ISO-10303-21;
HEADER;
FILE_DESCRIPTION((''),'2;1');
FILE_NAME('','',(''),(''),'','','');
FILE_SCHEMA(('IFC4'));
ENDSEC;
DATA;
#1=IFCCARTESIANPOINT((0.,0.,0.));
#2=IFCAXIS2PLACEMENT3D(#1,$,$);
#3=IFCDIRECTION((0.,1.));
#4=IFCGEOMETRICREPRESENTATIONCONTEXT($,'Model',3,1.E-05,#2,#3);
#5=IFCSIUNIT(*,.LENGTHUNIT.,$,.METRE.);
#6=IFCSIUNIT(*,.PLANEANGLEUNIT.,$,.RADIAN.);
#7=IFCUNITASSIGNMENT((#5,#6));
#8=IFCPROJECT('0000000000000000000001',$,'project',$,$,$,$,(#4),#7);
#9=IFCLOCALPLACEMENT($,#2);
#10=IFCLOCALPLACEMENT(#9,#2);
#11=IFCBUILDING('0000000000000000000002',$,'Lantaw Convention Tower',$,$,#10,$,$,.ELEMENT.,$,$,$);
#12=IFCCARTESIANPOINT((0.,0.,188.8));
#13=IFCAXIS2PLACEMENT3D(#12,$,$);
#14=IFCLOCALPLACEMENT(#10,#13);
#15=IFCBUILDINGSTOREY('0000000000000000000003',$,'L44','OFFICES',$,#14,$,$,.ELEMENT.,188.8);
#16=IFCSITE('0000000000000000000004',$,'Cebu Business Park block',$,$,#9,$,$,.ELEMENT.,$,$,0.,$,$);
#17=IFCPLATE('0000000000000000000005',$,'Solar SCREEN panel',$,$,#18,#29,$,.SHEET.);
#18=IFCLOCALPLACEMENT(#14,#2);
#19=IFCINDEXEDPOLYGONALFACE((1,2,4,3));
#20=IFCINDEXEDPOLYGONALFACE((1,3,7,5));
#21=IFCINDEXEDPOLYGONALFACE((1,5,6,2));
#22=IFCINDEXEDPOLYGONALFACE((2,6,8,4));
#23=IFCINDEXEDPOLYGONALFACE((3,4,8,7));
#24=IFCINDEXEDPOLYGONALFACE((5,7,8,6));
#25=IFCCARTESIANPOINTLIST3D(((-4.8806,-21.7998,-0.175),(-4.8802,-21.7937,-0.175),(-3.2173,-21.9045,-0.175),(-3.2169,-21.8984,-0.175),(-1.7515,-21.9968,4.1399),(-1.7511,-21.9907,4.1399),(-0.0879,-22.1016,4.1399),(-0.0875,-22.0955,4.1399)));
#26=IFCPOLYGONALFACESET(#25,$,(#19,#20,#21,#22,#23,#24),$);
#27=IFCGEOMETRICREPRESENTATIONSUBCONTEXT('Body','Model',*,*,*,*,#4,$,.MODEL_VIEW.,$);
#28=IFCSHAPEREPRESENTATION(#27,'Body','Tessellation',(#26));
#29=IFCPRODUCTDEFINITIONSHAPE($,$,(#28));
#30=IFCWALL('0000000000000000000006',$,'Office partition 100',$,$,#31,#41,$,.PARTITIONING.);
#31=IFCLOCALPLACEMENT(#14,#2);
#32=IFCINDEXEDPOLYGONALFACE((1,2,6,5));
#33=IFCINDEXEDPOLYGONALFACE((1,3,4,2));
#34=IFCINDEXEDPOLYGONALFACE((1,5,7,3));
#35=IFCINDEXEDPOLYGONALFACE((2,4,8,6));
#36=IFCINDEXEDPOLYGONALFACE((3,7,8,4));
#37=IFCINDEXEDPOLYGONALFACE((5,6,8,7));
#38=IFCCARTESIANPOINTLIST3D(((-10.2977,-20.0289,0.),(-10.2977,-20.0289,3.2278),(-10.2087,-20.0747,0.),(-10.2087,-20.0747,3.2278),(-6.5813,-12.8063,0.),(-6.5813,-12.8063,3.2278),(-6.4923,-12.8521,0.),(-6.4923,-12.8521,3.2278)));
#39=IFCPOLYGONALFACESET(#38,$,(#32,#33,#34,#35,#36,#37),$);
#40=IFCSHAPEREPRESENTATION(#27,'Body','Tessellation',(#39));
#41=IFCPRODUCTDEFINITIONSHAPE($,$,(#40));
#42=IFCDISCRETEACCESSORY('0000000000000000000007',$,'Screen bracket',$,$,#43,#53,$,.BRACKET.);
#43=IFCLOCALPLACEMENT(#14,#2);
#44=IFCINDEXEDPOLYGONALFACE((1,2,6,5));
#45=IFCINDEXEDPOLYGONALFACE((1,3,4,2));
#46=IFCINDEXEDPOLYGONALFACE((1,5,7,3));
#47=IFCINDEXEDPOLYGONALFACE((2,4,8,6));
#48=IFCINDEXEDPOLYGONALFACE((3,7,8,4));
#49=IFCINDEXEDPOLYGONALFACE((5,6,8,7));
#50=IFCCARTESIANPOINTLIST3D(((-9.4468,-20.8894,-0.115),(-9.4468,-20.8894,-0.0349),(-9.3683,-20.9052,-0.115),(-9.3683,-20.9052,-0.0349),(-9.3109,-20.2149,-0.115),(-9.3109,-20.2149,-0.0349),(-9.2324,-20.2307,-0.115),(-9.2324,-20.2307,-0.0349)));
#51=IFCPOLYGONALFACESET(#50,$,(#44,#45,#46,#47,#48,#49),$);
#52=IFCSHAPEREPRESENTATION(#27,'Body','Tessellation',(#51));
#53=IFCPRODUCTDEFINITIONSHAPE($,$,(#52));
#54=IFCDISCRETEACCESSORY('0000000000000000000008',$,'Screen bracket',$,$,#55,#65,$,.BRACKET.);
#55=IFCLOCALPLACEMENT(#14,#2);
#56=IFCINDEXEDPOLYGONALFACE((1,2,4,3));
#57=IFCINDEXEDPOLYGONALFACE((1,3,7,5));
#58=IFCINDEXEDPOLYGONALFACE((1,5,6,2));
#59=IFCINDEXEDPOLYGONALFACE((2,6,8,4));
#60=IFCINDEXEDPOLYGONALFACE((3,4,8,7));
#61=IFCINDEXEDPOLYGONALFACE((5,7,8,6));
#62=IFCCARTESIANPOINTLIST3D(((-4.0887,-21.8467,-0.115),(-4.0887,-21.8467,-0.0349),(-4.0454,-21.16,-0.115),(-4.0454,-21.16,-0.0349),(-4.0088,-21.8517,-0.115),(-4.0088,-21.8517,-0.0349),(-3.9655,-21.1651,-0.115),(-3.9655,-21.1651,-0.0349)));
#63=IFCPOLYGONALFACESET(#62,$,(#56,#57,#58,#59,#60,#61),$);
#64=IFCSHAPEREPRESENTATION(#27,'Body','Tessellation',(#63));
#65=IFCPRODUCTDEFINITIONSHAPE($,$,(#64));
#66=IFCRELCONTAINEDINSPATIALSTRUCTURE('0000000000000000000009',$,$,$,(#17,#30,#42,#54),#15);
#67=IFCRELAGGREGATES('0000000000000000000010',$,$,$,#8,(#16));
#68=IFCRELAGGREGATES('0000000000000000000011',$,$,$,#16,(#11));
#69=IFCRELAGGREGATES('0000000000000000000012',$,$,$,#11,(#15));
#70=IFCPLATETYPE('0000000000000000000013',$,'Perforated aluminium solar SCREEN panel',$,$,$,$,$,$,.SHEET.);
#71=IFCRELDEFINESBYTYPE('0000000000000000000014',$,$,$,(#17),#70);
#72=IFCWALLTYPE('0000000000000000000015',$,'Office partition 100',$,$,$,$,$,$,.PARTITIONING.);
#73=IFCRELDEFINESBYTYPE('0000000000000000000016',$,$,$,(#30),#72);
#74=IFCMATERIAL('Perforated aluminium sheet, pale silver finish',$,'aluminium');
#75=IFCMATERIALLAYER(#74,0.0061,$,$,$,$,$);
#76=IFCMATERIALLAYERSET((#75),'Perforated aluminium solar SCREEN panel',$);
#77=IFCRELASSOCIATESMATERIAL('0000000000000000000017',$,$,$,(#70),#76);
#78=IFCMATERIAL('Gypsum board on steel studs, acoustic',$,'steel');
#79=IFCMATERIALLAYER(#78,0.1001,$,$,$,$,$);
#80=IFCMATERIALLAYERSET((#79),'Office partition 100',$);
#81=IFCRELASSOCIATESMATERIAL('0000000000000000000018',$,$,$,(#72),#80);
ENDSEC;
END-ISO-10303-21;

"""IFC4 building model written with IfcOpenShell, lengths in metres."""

from ifc_helpers import new_model, si_unit, direction, frame, frame_2d, origin, origin_2d, place, context, subcontext, project, spatial, polyline, rectangle, outline, extrude, material, layer, layer_set, type_object, element, save


model = new_model("IFC4")

# Units and contexts
model_context = context("Model", 3, precision=1e-05, world=origin(), true_north=direction((0.0, 1.0)))
body_context = subcontext(model_context, "Body", "Model", "MODEL_VIEW")
ifc_project = project(units=[si_unit("LENGTHUNIT", "METRE"), si_unit("PLANEANGLEUNIT", "RADIAN")], contexts=[model_context])

# Site, building, storey
site_placement = place(None, origin())
site = spatial("IfcSite", under=ifc_project, at=site_placement, Name="Cebu Business Park block", CompositionType="ELEMENT", RefElevation=0.0)
building_placement = place(site_placement, origin())
building = spatial("IfcBuilding", under=site, at=building_placement, Name="Lantaw Convention Tower", CompositionType="ELEMENT")
storey_placement = place(building_placement, frame((0.0, 0.0, 188.8)))
storey = spatial("IfcBuildingStorey", under=building, at=storey_placement, Name="L44", Description="OFFICES", CompositionType="ELEMENT", Elevation=188.8)

# Plate
ifc_material_1 = material(Name="Perforated aluminium sheet, pale silver finish", Category="aluminium")
ifc_layer_1 = layer(ifc_material_1, 0.0061)
ifc_layer_set_1 = layer_set([ifc_layer_1], Name="Perforated aluminium solar SCREEN panel")
plate_type_1 = type_object("IfcPlateType", Name="Perforated aluminium solar SCREEN panel", PredefinedType="SHEET", material=ifc_layer_set_1)
plate_1_placement = place(storey_placement, frame((-4.8806, -21.7998, -0.175), z_axis=(-0.062839, -0.998024, 0.000002), x_axis=(0.998024, -0.062839, 0.0)))
element("IfcPlate", 1, at=plate_1_placement, inside=storey, type_object=plate_type_1, Name="Solar SCREEN panel", PredefinedType="SHEET", context=body_context, shape_type="SweptSolid", body=[
    extrude(outline(polyline([(0.0, 0.0), (1.6666, 0.0), (4.8022, 4.3149), (3.1353, 4.3149), (0.0, 0.0)])), origin(), (0.0, 0.0, -1.0), 0.0061),
])

# Wall
ifc_material_2 = material(Name="Gypsum board on steel studs, acoustic", Category="steel")
ifc_layer_2 = layer(ifc_material_2, 0.1001)
ifc_layer_set_2 = layer_set([ifc_layer_2], Name="Office partition 100")
wall_type = type_object("IfcWallType", Name="Office partition 100", PredefinedType="PARTITIONING", material=ifc_layer_set_2)
wall_placement = place(storey_placement, frame((-10.2532, -20.0518, 0.0), z_axis=(0.0, 0.0, 1.0), x_axis=(0.457535, 0.889191, 0.0)))
element("IfcWall", 2, at=wall_placement, inside=storey, type_object=wall_type, Name="Office partition 100", PredefinedType="PARTITIONING", context=body_context, shape_type="SweptSolid", body=[
    extrude(rectangle(XDim=8.1226, YDim=0.1001, at=frame_2d((4.0613, 0.0))), origin(), (0.0, 0.0, 1.0), 3.2278),
])

# Discrete accessories
for number, where, z_axis, x_axis, name in (
    (3, (-9.3396, -20.5601, -0.115), (0.0, 0.0, 1.0), (0.980302, -0.197507, 0.0), "Screen bracket"),
    (4, (-4.0271, -21.5059, -0.115), (0.0, 0.0, 1.0), (0.998022, -0.062865, 0.0), "Screen bracket"),
):
    element("IfcDiscreteAccessory", number, at=place(storey_placement, frame(where, z_axis=z_axis, x_axis=x_axis)), inside=storey, Name=name, PredefinedType="BRACKET", context=body_context, shape_type="SweptSolid", body=[
        extrude(rectangle(XDim=0.0801, YDim=0.688, at=origin_2d()), origin(), (0.0, 0.0, 1.0), 0.0801),
    ])

save(model, "model.ifc")
